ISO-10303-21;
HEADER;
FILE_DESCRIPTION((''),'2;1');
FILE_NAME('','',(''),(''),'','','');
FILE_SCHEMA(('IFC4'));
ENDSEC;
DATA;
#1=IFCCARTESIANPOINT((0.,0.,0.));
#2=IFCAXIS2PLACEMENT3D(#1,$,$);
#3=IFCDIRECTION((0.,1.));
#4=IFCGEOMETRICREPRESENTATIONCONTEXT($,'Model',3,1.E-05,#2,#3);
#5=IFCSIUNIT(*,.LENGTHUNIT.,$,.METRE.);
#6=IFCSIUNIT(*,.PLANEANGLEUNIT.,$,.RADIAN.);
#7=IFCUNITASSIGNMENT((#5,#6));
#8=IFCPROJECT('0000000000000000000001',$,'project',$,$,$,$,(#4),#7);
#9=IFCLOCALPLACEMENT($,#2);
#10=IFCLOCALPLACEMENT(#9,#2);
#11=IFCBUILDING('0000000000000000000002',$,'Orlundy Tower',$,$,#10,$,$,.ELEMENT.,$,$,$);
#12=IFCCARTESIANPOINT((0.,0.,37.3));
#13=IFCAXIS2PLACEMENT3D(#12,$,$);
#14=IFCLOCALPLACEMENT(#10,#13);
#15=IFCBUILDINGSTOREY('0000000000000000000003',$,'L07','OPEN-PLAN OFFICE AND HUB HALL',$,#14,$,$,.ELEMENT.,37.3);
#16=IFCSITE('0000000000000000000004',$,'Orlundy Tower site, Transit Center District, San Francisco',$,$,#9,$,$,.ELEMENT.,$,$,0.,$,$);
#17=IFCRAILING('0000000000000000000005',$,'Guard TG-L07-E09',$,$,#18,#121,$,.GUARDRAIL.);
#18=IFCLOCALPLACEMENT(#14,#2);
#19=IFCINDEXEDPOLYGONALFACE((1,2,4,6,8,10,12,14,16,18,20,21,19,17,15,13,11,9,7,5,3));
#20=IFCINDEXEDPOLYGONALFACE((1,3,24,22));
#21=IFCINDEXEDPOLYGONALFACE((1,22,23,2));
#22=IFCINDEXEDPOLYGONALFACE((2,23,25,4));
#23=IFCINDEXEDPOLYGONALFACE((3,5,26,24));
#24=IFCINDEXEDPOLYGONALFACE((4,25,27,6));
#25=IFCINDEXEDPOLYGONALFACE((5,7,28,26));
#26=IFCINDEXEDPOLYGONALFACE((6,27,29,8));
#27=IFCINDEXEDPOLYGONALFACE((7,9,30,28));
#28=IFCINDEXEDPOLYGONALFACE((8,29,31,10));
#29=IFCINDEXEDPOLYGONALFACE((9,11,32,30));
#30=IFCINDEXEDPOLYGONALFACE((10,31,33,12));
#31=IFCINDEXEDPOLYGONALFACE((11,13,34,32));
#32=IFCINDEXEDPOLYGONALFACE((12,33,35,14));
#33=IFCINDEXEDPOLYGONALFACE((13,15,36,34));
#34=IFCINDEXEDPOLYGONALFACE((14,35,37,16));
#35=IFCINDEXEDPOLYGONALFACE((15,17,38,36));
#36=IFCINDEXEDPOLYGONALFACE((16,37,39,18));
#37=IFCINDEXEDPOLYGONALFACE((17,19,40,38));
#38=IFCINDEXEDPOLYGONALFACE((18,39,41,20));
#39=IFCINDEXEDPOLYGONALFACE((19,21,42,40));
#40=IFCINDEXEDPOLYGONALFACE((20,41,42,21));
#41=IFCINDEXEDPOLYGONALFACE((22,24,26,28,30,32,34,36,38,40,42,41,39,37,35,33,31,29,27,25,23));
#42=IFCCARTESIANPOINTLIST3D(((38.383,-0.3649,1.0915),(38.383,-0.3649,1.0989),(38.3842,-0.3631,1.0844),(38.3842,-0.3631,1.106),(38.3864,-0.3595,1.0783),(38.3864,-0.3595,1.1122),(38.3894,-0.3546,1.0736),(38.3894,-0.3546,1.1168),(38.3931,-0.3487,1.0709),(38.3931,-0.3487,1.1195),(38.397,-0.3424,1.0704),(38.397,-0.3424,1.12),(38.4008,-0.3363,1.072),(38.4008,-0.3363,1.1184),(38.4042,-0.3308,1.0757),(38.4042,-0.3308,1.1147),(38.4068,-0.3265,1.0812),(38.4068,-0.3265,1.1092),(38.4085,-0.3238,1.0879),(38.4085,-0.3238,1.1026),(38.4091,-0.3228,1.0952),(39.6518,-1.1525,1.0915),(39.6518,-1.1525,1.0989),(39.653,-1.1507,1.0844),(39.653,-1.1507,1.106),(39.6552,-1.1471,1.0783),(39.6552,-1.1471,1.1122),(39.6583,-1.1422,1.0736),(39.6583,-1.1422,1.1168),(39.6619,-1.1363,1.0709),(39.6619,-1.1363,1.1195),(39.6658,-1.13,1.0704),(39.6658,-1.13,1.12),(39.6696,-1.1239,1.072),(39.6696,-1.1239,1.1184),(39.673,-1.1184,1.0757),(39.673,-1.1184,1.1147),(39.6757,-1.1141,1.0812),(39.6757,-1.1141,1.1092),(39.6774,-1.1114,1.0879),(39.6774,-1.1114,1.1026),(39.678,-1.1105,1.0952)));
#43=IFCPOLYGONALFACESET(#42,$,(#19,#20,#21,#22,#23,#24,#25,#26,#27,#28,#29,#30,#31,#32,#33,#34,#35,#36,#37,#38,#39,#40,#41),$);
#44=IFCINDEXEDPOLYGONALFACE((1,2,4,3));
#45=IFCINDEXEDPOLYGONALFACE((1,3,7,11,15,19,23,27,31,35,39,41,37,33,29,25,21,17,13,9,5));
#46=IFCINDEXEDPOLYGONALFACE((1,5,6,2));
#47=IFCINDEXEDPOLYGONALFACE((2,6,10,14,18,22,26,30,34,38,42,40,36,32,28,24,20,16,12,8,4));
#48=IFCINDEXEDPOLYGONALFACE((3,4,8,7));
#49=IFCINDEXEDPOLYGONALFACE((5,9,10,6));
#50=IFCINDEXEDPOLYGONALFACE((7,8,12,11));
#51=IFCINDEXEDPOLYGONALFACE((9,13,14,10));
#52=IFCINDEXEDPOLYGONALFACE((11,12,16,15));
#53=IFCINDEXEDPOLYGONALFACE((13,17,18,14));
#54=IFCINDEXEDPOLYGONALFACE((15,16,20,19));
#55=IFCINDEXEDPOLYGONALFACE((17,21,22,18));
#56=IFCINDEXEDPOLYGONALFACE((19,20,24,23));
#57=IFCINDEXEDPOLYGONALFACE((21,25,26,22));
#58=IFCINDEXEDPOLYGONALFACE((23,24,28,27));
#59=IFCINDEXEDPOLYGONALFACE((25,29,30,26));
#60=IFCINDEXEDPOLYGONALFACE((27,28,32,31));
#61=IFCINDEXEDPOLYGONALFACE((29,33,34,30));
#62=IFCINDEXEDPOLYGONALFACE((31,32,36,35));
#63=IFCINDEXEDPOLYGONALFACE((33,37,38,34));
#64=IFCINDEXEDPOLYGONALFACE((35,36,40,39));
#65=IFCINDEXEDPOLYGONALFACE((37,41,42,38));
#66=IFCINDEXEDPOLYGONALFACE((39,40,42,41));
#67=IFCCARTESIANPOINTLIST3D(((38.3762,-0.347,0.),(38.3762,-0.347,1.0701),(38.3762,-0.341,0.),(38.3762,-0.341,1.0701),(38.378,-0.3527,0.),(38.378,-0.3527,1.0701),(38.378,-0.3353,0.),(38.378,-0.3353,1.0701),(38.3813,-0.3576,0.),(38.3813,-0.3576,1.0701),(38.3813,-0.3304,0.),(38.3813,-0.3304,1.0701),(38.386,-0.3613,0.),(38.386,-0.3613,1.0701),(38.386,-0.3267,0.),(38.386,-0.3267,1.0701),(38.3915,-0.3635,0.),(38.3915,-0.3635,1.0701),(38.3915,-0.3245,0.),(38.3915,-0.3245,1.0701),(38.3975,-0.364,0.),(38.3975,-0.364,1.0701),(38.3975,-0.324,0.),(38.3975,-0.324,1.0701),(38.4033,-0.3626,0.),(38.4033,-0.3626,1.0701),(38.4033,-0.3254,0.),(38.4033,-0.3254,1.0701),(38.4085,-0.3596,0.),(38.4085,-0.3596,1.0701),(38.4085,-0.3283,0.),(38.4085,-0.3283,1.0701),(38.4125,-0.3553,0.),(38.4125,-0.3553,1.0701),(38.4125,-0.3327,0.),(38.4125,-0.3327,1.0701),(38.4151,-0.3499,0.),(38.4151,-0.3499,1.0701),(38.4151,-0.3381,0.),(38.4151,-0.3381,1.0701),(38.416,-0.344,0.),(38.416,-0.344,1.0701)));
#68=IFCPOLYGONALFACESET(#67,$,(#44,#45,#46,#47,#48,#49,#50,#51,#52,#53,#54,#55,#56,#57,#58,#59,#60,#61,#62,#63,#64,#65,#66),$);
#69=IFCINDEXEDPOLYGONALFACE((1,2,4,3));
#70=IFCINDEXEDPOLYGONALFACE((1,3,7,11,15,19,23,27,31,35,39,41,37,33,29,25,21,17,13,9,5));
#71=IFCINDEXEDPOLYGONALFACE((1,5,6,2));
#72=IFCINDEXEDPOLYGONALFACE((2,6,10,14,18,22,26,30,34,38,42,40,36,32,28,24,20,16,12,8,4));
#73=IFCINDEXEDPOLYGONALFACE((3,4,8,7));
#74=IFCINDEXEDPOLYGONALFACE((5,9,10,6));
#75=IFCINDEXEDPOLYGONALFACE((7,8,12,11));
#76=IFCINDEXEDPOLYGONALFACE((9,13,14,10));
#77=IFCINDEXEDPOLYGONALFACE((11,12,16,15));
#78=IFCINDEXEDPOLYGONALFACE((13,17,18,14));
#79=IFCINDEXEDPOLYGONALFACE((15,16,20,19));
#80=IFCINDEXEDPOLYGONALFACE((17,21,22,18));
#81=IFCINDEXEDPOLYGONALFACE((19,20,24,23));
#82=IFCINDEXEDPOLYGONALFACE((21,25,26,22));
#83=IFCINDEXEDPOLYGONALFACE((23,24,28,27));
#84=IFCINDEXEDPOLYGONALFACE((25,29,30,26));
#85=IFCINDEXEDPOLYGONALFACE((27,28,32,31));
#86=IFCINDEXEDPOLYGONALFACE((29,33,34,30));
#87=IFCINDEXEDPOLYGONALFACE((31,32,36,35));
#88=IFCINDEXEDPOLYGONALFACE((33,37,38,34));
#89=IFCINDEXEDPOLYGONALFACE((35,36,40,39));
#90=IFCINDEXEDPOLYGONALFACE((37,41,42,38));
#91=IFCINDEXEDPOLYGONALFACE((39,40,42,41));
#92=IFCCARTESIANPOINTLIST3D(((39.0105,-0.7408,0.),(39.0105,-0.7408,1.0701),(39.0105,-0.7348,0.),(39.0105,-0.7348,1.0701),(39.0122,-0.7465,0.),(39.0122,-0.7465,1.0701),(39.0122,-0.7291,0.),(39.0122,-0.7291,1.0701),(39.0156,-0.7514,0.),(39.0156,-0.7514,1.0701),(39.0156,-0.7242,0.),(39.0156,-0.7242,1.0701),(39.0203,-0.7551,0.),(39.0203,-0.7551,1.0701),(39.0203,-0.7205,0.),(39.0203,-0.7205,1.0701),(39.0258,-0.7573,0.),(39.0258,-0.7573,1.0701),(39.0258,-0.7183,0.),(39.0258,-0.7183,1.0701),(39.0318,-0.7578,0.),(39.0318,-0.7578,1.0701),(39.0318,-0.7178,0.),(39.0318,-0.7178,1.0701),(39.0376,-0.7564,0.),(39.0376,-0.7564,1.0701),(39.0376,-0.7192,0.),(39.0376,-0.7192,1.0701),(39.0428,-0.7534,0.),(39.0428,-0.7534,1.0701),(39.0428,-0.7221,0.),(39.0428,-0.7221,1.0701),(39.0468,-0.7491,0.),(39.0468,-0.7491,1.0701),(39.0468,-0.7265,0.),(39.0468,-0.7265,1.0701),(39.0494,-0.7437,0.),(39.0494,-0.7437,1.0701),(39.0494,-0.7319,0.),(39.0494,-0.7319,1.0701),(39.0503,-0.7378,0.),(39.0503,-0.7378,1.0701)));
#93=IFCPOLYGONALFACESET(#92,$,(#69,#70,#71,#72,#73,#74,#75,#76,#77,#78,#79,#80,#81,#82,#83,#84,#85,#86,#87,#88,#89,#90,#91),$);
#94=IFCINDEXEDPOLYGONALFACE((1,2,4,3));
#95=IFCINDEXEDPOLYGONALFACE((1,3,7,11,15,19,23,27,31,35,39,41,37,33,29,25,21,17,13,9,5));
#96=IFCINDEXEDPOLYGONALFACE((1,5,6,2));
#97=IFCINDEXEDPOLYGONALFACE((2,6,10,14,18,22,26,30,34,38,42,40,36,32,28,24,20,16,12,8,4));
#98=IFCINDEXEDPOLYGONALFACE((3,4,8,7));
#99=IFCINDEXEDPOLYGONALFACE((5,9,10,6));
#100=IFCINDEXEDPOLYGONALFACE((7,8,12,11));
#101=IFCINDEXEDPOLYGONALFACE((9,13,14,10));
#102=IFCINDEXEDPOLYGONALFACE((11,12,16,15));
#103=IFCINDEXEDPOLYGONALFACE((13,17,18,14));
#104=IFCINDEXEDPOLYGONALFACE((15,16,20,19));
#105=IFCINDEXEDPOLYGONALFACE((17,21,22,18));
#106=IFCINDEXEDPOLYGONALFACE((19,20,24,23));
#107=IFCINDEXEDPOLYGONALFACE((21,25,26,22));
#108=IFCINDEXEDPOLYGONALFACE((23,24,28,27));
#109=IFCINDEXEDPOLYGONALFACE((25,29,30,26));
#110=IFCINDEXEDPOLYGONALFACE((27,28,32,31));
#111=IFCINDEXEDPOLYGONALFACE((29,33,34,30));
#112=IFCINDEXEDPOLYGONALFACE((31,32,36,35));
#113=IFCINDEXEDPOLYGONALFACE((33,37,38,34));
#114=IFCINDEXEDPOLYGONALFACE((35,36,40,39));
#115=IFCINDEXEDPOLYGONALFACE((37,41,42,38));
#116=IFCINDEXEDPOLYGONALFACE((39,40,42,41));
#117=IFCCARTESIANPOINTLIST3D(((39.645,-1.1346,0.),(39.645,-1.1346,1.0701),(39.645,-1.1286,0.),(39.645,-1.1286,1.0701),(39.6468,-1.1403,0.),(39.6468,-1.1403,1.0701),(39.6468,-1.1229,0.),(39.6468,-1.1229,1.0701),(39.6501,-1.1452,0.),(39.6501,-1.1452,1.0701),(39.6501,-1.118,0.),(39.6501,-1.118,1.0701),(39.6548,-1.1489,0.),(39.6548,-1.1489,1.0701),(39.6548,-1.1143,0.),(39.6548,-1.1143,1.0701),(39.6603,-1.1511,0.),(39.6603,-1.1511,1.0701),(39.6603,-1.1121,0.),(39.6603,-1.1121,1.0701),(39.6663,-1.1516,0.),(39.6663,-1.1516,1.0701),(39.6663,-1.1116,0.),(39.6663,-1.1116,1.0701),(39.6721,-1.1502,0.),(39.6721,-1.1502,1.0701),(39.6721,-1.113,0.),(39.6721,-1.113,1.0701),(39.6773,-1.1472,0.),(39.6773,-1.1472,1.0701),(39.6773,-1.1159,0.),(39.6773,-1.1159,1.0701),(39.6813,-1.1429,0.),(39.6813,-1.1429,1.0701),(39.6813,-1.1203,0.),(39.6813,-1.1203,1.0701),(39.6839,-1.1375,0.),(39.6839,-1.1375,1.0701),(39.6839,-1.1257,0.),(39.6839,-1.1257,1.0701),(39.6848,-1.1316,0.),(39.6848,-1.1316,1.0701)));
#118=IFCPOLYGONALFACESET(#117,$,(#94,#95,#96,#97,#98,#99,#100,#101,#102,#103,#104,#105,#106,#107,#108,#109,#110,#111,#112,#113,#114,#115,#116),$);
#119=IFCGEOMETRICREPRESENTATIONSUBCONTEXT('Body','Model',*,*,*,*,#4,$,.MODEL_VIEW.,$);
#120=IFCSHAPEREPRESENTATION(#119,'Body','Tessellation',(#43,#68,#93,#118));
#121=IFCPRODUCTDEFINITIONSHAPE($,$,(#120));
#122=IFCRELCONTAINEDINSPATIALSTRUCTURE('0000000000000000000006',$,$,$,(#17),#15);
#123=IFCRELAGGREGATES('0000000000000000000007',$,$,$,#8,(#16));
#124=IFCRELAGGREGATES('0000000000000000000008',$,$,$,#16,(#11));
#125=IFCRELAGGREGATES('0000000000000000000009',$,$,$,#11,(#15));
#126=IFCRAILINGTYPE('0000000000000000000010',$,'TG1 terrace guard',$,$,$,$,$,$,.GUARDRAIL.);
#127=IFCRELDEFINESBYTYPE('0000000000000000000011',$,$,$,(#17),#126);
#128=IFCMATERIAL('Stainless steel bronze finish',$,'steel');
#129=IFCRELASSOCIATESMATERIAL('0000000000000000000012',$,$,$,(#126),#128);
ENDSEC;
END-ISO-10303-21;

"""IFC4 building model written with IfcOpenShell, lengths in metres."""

from ifc_helpers import new_model, si_unit, direction, frame, origin, origin_2d, place, context, subcontext, project, spatial, circle, extrude, material, type_object, element, save


model = new_model("IFC4")

# Units and contexts
model_context = context("Model", 3, precision=1e-05, world=origin(), true_north=direction((0.0, 1.0)))
body_context = subcontext(model_context, "Body", "Model", "MODEL_VIEW")
ifc_project = project(units=[si_unit("LENGTHUNIT", "METRE"), si_unit("PLANEANGLEUNIT", "RADIAN")], contexts=[model_context])

# Site, building, storey
site_placement = place(None, origin())
site = spatial("IfcSite", under=ifc_project, at=site_placement, Name="Orlundy Tower site, Transit Center District, San Francisco", CompositionType="ELEMENT", RefElevation=0.0)
building_placement = place(site_placement, origin())
building = spatial("IfcBuilding", under=site, at=building_placement, Name="Orlundy Tower", CompositionType="ELEMENT")
storey_placement = place(building_placement, frame((0.0, 0.0, 37.3)))
storey = spatial("IfcBuildingStorey", under=building, at=storey_placement, Name="L07", Description="OPEN-PLAN OFFICE AND HUB HALL", CompositionType="ELEMENT", Elevation=37.3)

# Railing
ifc_material_1 = material(Name="Stainless steel bronze finish", Category="steel")
railing_type = type_object("IfcRailingType", Name="TG1 terrace guard", PredefinedType="GUARDRAIL", material=ifc_material_1)
railing_1_placement = place(storey_placement, frame((38.396, -0.344, 0.0)))
element("IfcRailing", 1, at=railing_1_placement, inside=storey, type_object=railing_type, Name="Guard TG-L07-E09", PredefinedType="GUARDRAIL", context=body_context, shape_type="SweptSolid", body=[
    extrude(circle(Radius=0.0249, at=origin_2d()), frame((0.0, 0.0, 1.0952), z_axis=(0.84962, -0.527395, 0.0), x_axis=(0.527395, 0.84962, 0.0)), (0.0, 0.0, 1.0), 1.4934),
    extrude(circle(Radius=0.02, at=origin_2d()), origin(), (0.0, 0.0, 1.0), 1.0701),
    extrude(circle(Radius=0.02, at=origin_2d()), frame((0.6343, -0.3938, 0.0)), (0.0, 0.0, 1.0), 1.0701),
    extrude(circle(Radius=0.02, at=origin_2d()), frame((1.2688, -0.7876, 0.0)), (0.0, 0.0, 1.0), 1.0701),
])

save(model, "model.ifc")
